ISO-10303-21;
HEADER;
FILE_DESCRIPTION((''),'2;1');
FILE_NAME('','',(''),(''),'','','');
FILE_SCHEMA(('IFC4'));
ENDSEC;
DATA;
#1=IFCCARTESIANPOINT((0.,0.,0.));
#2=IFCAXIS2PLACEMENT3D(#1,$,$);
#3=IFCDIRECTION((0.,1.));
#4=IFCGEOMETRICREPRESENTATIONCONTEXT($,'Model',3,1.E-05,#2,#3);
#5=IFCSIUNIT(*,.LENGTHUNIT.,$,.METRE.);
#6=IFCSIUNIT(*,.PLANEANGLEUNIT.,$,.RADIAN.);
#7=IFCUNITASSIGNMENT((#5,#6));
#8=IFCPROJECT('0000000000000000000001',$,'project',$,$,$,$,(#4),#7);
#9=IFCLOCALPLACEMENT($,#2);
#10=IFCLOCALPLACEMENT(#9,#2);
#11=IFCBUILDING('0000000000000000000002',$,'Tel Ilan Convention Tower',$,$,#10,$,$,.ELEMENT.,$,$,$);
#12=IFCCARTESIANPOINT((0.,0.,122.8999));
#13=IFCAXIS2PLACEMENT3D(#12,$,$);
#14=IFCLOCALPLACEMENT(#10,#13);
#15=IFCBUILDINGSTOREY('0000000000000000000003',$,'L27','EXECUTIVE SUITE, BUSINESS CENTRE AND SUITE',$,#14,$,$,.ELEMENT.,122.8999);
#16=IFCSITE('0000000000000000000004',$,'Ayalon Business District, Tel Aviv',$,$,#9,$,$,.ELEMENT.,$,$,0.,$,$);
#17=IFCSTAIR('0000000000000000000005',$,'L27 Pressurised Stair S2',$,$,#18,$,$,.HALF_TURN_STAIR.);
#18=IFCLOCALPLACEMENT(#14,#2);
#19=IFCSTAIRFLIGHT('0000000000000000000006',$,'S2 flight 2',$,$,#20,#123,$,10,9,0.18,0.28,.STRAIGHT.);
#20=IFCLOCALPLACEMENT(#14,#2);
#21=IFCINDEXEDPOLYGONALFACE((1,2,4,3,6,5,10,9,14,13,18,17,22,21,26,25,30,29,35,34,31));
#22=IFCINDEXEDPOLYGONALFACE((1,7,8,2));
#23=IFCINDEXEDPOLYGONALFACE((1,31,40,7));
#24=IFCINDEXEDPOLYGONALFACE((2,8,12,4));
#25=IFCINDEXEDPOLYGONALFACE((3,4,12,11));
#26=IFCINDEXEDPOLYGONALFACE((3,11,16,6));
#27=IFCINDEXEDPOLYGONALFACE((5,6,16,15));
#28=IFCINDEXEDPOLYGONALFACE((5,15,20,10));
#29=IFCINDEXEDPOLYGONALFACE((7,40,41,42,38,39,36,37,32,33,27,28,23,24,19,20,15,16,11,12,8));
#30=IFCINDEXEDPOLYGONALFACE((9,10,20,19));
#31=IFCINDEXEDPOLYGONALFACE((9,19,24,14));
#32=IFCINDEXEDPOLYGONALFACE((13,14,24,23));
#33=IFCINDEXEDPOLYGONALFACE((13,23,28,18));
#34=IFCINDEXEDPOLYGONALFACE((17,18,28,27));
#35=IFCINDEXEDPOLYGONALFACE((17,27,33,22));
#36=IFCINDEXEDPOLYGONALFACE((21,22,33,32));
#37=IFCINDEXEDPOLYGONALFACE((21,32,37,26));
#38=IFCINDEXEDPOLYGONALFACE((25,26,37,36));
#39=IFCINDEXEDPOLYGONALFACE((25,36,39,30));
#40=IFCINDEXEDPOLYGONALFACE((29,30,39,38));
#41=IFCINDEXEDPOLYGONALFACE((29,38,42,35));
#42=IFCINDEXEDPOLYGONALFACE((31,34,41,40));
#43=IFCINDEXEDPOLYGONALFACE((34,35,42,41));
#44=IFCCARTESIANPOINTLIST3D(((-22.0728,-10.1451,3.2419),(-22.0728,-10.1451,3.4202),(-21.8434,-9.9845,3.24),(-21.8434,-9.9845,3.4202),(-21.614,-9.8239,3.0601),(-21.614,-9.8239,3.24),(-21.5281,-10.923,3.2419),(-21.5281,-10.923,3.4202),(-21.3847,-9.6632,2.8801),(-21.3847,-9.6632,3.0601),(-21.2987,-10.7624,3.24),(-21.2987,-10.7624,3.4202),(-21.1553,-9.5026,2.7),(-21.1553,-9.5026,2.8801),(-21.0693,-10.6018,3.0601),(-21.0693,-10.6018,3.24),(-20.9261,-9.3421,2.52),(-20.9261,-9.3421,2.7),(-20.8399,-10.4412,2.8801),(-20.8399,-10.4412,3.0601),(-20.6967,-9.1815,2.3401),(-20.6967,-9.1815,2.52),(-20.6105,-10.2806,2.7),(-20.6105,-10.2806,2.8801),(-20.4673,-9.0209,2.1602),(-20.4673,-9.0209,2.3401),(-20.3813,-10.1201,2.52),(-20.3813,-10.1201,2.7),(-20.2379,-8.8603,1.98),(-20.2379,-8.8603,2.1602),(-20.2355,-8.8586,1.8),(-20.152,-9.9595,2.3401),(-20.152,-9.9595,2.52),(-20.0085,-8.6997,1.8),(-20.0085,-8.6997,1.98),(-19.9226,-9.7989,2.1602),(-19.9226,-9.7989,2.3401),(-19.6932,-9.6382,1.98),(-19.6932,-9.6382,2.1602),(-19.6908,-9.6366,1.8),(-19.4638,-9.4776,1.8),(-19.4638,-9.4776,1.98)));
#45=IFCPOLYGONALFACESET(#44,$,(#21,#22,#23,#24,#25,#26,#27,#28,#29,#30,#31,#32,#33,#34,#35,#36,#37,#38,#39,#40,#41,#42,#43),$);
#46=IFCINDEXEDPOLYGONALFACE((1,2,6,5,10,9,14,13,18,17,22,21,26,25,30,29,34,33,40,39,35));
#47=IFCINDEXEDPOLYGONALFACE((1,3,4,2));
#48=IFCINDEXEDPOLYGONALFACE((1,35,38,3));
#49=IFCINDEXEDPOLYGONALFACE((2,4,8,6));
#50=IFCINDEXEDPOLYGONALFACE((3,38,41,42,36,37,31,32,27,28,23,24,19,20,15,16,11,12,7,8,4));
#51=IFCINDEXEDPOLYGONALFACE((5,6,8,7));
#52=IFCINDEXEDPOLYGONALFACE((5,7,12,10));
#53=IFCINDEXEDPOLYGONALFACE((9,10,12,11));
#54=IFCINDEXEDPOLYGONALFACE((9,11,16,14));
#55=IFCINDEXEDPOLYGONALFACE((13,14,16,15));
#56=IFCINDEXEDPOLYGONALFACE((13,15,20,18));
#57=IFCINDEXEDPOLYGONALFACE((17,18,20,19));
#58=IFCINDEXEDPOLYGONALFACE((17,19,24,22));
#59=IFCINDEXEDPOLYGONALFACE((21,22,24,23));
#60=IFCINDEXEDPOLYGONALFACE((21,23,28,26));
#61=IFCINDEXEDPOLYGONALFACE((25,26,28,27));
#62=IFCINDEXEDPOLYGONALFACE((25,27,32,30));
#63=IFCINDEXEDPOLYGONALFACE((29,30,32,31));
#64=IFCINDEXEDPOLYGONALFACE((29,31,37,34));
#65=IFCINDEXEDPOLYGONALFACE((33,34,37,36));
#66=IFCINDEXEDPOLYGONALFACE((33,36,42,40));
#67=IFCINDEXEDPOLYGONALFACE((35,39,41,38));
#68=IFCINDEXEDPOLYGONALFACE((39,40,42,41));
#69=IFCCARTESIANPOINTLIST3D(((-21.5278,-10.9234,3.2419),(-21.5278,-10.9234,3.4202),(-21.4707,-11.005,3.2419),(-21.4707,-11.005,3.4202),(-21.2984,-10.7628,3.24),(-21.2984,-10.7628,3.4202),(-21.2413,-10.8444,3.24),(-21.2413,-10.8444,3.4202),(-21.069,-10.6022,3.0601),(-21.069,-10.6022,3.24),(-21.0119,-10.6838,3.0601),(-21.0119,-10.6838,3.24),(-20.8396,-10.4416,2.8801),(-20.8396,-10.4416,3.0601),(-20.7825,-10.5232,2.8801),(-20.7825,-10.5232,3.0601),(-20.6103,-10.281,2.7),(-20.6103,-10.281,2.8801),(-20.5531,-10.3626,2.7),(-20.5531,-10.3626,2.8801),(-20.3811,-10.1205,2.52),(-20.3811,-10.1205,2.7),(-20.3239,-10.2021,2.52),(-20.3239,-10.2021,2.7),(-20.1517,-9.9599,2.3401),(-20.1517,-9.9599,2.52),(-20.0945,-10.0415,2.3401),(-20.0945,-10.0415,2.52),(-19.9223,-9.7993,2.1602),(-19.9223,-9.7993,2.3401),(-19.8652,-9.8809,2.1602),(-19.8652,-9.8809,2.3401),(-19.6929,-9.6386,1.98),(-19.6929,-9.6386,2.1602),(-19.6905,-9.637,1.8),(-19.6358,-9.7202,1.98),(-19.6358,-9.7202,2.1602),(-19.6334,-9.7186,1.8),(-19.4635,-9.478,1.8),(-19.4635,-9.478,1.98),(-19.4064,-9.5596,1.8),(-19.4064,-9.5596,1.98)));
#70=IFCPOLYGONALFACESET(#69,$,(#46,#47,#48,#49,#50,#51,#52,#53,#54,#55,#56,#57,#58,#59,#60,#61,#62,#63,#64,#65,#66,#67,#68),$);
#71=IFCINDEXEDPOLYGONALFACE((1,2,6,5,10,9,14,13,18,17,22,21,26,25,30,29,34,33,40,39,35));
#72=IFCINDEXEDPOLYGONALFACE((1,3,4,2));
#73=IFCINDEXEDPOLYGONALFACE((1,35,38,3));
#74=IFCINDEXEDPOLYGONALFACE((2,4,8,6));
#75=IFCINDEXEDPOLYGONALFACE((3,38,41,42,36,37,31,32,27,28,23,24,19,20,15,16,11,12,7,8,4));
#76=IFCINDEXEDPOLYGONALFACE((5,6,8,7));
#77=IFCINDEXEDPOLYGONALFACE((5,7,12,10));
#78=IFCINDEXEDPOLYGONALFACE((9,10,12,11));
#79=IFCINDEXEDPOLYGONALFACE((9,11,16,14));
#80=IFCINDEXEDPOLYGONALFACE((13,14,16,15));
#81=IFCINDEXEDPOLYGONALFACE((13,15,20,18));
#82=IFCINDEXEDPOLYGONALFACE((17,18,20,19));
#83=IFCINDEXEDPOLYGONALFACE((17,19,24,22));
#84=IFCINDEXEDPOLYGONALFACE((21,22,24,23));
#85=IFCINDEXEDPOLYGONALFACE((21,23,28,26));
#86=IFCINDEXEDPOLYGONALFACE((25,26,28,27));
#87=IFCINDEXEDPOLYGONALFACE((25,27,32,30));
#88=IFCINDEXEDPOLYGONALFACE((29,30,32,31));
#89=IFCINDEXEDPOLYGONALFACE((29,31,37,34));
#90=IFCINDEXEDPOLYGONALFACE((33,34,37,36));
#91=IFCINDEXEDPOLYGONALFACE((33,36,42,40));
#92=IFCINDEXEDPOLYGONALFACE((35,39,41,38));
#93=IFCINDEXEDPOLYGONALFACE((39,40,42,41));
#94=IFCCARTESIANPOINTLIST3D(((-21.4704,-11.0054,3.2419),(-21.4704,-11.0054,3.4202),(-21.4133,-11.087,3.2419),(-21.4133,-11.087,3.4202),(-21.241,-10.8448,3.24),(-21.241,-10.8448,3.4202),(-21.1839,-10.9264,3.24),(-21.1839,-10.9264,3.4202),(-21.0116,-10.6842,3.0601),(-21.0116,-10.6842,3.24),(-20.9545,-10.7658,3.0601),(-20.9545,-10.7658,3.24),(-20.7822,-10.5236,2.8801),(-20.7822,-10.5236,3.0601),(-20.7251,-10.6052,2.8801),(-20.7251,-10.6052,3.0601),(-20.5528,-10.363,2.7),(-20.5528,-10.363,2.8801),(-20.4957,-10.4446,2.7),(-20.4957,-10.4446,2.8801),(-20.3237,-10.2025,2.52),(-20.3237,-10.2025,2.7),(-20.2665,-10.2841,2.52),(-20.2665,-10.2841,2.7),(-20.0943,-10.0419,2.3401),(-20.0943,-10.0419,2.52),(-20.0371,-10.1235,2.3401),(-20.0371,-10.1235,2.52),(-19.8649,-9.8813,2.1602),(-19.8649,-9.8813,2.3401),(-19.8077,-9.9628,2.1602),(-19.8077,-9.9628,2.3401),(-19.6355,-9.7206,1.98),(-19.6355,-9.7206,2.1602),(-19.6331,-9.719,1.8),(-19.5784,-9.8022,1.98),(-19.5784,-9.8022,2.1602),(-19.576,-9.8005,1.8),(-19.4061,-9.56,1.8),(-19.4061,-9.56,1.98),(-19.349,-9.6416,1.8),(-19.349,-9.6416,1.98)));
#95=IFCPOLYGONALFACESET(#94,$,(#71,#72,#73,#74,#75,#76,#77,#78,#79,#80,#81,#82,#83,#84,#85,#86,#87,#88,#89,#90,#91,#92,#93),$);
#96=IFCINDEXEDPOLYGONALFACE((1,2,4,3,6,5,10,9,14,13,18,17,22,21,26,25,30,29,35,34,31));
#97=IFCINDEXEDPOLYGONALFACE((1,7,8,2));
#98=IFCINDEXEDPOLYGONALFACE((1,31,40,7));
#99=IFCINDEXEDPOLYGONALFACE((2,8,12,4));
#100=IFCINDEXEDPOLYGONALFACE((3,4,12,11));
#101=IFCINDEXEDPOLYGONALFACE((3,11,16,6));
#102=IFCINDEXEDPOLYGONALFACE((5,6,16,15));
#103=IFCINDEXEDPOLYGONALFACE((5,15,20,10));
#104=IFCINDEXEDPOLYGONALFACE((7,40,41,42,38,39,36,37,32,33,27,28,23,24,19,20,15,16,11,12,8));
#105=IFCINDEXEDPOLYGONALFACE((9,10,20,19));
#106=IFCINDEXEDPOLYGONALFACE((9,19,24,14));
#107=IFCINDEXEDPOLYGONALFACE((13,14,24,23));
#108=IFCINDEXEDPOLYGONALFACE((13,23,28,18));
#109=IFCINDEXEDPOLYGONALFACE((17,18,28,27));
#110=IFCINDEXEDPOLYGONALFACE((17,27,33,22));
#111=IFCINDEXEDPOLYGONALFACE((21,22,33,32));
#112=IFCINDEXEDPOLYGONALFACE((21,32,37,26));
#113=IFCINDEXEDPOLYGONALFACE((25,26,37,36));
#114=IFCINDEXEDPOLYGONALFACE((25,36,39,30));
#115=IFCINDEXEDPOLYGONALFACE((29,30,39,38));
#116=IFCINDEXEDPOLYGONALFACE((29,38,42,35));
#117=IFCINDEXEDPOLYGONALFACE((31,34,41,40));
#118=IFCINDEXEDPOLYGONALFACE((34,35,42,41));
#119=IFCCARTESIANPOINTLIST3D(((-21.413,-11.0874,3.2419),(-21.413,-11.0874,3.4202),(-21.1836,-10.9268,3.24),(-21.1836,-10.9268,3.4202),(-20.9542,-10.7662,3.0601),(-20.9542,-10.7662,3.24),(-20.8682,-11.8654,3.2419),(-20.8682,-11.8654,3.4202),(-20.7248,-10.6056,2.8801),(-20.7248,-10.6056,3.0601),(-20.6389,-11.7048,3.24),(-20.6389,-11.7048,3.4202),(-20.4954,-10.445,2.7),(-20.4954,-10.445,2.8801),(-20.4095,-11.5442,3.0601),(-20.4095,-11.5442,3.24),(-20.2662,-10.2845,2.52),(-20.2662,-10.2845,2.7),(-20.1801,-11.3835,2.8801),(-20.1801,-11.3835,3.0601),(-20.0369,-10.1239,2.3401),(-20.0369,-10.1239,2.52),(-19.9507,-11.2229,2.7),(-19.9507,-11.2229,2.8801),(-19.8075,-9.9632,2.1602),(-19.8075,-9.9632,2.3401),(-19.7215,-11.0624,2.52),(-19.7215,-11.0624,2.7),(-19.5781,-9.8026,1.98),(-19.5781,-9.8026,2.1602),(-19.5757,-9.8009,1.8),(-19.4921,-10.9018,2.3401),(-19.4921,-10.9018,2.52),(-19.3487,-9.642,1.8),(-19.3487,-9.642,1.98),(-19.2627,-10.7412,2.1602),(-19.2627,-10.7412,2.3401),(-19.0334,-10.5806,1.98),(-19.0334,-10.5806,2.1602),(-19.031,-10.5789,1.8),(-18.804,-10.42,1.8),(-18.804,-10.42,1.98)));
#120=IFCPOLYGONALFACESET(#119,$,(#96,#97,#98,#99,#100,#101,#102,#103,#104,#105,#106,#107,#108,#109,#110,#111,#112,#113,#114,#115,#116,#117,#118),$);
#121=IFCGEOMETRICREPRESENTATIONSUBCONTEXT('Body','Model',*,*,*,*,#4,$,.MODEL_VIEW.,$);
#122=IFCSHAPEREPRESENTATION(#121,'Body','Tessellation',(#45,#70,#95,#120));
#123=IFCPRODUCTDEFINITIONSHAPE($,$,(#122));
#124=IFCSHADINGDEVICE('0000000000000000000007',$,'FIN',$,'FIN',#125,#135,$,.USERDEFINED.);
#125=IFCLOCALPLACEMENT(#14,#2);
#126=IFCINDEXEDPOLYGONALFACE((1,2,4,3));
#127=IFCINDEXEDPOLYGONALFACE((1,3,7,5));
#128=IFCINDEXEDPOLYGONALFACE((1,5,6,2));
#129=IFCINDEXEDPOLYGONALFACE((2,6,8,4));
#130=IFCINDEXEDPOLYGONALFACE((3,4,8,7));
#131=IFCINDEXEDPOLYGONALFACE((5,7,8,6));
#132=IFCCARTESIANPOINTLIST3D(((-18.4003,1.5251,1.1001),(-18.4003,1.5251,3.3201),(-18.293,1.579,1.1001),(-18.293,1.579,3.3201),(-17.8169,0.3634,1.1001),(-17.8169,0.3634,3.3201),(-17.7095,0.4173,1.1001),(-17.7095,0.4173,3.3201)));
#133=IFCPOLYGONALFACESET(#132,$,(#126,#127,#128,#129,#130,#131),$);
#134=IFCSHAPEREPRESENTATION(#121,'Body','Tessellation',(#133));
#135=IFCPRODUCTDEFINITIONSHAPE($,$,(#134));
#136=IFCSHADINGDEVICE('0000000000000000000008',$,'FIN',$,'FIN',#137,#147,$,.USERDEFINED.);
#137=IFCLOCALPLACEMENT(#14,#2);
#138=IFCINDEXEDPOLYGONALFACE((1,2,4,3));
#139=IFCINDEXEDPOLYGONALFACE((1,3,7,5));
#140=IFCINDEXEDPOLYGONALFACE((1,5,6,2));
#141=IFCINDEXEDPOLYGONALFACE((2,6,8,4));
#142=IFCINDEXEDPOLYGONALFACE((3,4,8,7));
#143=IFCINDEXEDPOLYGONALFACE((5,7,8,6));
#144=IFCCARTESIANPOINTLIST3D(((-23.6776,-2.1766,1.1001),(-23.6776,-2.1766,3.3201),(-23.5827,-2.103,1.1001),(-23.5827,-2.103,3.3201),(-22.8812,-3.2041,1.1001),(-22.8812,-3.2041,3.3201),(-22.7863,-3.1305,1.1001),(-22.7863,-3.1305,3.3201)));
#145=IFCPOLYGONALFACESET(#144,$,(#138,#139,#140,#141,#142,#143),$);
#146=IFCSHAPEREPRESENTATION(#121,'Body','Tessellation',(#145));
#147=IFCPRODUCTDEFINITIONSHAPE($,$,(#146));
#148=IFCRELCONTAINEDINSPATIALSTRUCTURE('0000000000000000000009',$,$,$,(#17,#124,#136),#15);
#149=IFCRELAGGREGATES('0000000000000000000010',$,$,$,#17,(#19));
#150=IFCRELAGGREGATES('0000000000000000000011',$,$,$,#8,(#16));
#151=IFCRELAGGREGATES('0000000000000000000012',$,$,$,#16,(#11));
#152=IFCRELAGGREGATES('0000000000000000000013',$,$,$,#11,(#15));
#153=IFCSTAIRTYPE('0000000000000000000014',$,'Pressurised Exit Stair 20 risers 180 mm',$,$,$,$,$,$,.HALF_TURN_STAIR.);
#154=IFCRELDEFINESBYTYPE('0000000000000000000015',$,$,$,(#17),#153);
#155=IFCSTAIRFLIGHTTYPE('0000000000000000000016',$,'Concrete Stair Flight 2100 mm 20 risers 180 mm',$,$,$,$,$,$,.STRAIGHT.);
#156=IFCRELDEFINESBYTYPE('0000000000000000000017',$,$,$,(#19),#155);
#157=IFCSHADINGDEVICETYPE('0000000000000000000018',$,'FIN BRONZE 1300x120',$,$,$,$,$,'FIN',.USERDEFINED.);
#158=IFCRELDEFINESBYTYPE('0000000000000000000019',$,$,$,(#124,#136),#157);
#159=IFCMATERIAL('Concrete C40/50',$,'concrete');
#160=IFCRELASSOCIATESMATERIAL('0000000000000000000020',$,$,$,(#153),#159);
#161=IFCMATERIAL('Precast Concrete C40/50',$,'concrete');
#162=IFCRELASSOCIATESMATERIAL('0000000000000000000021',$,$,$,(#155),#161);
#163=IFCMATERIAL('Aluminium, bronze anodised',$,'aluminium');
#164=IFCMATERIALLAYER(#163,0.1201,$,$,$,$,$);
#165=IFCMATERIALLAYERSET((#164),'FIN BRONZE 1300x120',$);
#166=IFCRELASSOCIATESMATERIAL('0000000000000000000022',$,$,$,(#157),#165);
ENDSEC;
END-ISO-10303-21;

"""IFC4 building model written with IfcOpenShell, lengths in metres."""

from ifc_helpers import new_model, si_unit, direction, frame, origin, origin_2d, place, context, subcontext, project, spatial, polyline, rectangle, outline, extrude, material, layer, layer_set, type_object, element, aggregate, save


model = new_model("IFC4")

# Units and contexts
model_context = context("Model", 3, precision=1e-05, world=origin(), true_north=direction((0.0, 1.0)))
body_context = subcontext(model_context, "Body", "Model", "MODEL_VIEW")
ifc_project = project(units=[si_unit("LENGTHUNIT", "METRE"), si_unit("PLANEANGLEUNIT", "RADIAN")], contexts=[model_context])

# Site, building, storey
site_placement = place(None, origin())
site = spatial("IfcSite", under=ifc_project, at=site_placement, Name="Ayalon Business District, Tel Aviv", CompositionType="ELEMENT", RefElevation=0.0)
building_placement = place(site_placement, origin())
building = spatial("IfcBuilding", under=site, at=building_placement, Name="Tel Ilan Convention Tower", CompositionType="ELEMENT")
storey_placement = place(building_placement, frame((0.0, 0.0, 122.8999)))
storey = spatial("IfcBuildingStorey", under=building, at=storey_placement, Name="L27", Description="EXECUTIVE SUITE, BUSINESS CENTRE AND SUITE", CompositionType="ELEMENT", Elevation=122.8999)

# Stair, stair flight
ifc_material_1 = material(Name="Concrete C40/50", Category="concrete")
stair_type = type_object("IfcStairType", Name="Pressurised Exit Stair 20 risers 180 mm", PredefinedType="HALF_TURN_STAIR", material=ifc_material_1)
ifc_material_2 = material(Name="Precast Concrete C40/50", Category="concrete")
stair_flight_type = type_object("IfcStairFlightType", Name="Concrete Stair Flight 2100 mm 20 risers 180 mm", PredefinedType="STRAIGHT", material=ifc_material_2)
stair_1_placement = place(storey_placement, origin())
stair_1 = element("IfcStair", 1, at=stair_1_placement, inside=storey, type_object=stair_type, Name="L27 Pressurised Stair S2", PredefinedType="HALF_TURN_STAIR")
stair_flight_1_placement = place(storey_placement, frame((-19.4062, -9.5598, 1.8), z_axis=(0.0, 0.0, 1.0), x_axis=(-0.819152, -0.573576, 0.0)))
stair_flight_1 = element("IfcStairFlight", 2, at=stair_flight_1_placement, type_object=stair_flight_type, Name="S2 flight 2", NumberOfRisers=10, NumberOfTreads=9, PredefinedType="STRAIGHT", RiserHeight=0.18, TreadLength=0.28, context=body_context, shape_type="SweptSolid", body=[
    extrude(outline(polyline([(0.0, 0.0), (0.0, 0.1799), (0.28, 0.1799), (0.28, 0.3601), (0.5601, 0.3601), (0.5601, 0.54), (0.8401, 0.54), (0.8401, 0.72), (1.1201, 0.72), (1.1201, 0.8999), (1.3999, 0.8999), (1.3999, 1.0801), (1.6799, 1.0801), (1.6799, 1.26), (1.96, 1.26), (1.96, 1.4399), (2.24, 1.4399), (2.24, 1.6201), (2.52, 1.6201), (2.52, 1.8), (2.52, 1.4419), (0.2771, 0.0), (0.0, 0.0)])), frame((0.0, -0.1003, 0.0), z_axis=(0.0, -1.0, 0.0), x_axis=(1.0, 0.0, 0.0)), (0.0, 0.0, 1.0), 0.9497),
    extrude(outline(polyline([(0.0, 0.0), (0.0, 0.1799), (0.28, 0.1799), (0.28, 0.3601), (0.5601, 0.3601), (0.5601, 0.54), (0.8401, 0.54), (0.8401, 0.72), (1.1201, 0.72), (1.1201, 0.8999), (1.3999, 0.8999), (1.3999, 1.0801), (1.6799, 1.0801), (1.6799, 1.26), (1.96, 1.26), (1.96, 1.4399), (2.24, 1.4399), (2.24, 1.6201), (2.52, 1.6201), (2.52, 1.8), (2.52, 1.4419), (0.2771, 0.0), (0.0, 0.0)])), frame((0.0, -0.0002, 0.0), z_axis=(0.0, -1.0, 0.0), x_axis=(1.0, 0.0, 0.0)), (0.0, 0.0, 1.0), 0.0996),
    extrude(outline(polyline([(0.0, 0.0), (0.0, 0.1799), (0.28, 0.1799), (0.28, 0.3601), (0.5601, 0.3601), (0.5601, 0.54), (0.8401, 0.54), (0.8401, 0.72), (1.1201, 0.72), (1.1201, 0.8999), (1.3999, 0.8999), (1.3999, 1.0801), (1.6799, 1.0801), (1.6799, 1.26), (1.96, 1.26), (1.96, 1.4399), (2.24, 1.4399), (2.24, 1.6201), (2.52, 1.6201), (2.52, 1.8), (2.52, 1.4419), (0.2771, 0.0), (0.0, 0.0)])), frame((0.0, 0.0999, 0.0), z_axis=(0.0, -1.0, 0.0), x_axis=(1.0, 0.0, 0.0)), (0.0, 0.0, 1.0), 0.0996),
    extrude(outline(polyline([(0.0, 0.0), (0.0, 0.1799), (0.28, 0.1799), (0.28, 0.3601), (0.5601, 0.3601), (0.5601, 0.54), (0.8401, 0.54), (0.8401, 0.72), (1.1201, 0.72), (1.1201, 0.8999), (1.3999, 0.8999), (1.3999, 1.0801), (1.6799, 1.0801), (1.6799, 1.26), (1.96, 1.26), (1.96, 1.4399), (2.24, 1.4399), (2.24, 1.6201), (2.52, 1.6201), (2.52, 1.8), (2.52, 1.4419), (0.2771, 0.0), (0.0, 0.0)])), frame((0.0, 1.05, 0.0), z_axis=(0.0, -1.0, 0.0), x_axis=(1.0, 0.0, 0.0)), (0.0, 0.0, 1.0), 0.9497),
])
aggregate(stair_1, [stair_flight_1])

# Shading devices
ifc_material_3 = material(Name="Aluminium, bronze anodised", Category="aluminium")
ifc_layer_1 = layer(ifc_material_3, 0.1201)
ifc_layer_set_1 = layer_set([ifc_layer_1], Name="FIN BRONZE 1300x120")
shading_device_type = type_object("IfcShadingDeviceType", Name="FIN BRONZE 1300x120", ElementType="FIN", PredefinedType="USERDEFINED", material=ifc_layer_set_1)
for number, where, z_axis, x_axis, name in (
    (3, (-18.0549, 0.9712, 1.1001), (0.0, 0.0, 1.0), (-0.448799, 0.893633, 0.0), "FIN"),
    (4, (-23.2319, -2.6536, 1.1001), (0.0, 0.0, 1.0), (-0.612601, 0.790393, 0.0), "FIN"),
):
    element("IfcShadingDevice", number, at=place(storey_placement, frame(where, z_axis=z_axis, x_axis=x_axis)), inside=storey, type_object=shading_device_type, Name=name, ObjectType="FIN", PredefinedType="USERDEFINED", context=body_context, shape_type="SweptSolid", body=[
        extrude(rectangle(XDim=1.3, YDim=0.1201, at=origin_2d()), origin(), (0.0, 0.0, 1.0), 2.22),
    ])

save(model, "model.ifc")
